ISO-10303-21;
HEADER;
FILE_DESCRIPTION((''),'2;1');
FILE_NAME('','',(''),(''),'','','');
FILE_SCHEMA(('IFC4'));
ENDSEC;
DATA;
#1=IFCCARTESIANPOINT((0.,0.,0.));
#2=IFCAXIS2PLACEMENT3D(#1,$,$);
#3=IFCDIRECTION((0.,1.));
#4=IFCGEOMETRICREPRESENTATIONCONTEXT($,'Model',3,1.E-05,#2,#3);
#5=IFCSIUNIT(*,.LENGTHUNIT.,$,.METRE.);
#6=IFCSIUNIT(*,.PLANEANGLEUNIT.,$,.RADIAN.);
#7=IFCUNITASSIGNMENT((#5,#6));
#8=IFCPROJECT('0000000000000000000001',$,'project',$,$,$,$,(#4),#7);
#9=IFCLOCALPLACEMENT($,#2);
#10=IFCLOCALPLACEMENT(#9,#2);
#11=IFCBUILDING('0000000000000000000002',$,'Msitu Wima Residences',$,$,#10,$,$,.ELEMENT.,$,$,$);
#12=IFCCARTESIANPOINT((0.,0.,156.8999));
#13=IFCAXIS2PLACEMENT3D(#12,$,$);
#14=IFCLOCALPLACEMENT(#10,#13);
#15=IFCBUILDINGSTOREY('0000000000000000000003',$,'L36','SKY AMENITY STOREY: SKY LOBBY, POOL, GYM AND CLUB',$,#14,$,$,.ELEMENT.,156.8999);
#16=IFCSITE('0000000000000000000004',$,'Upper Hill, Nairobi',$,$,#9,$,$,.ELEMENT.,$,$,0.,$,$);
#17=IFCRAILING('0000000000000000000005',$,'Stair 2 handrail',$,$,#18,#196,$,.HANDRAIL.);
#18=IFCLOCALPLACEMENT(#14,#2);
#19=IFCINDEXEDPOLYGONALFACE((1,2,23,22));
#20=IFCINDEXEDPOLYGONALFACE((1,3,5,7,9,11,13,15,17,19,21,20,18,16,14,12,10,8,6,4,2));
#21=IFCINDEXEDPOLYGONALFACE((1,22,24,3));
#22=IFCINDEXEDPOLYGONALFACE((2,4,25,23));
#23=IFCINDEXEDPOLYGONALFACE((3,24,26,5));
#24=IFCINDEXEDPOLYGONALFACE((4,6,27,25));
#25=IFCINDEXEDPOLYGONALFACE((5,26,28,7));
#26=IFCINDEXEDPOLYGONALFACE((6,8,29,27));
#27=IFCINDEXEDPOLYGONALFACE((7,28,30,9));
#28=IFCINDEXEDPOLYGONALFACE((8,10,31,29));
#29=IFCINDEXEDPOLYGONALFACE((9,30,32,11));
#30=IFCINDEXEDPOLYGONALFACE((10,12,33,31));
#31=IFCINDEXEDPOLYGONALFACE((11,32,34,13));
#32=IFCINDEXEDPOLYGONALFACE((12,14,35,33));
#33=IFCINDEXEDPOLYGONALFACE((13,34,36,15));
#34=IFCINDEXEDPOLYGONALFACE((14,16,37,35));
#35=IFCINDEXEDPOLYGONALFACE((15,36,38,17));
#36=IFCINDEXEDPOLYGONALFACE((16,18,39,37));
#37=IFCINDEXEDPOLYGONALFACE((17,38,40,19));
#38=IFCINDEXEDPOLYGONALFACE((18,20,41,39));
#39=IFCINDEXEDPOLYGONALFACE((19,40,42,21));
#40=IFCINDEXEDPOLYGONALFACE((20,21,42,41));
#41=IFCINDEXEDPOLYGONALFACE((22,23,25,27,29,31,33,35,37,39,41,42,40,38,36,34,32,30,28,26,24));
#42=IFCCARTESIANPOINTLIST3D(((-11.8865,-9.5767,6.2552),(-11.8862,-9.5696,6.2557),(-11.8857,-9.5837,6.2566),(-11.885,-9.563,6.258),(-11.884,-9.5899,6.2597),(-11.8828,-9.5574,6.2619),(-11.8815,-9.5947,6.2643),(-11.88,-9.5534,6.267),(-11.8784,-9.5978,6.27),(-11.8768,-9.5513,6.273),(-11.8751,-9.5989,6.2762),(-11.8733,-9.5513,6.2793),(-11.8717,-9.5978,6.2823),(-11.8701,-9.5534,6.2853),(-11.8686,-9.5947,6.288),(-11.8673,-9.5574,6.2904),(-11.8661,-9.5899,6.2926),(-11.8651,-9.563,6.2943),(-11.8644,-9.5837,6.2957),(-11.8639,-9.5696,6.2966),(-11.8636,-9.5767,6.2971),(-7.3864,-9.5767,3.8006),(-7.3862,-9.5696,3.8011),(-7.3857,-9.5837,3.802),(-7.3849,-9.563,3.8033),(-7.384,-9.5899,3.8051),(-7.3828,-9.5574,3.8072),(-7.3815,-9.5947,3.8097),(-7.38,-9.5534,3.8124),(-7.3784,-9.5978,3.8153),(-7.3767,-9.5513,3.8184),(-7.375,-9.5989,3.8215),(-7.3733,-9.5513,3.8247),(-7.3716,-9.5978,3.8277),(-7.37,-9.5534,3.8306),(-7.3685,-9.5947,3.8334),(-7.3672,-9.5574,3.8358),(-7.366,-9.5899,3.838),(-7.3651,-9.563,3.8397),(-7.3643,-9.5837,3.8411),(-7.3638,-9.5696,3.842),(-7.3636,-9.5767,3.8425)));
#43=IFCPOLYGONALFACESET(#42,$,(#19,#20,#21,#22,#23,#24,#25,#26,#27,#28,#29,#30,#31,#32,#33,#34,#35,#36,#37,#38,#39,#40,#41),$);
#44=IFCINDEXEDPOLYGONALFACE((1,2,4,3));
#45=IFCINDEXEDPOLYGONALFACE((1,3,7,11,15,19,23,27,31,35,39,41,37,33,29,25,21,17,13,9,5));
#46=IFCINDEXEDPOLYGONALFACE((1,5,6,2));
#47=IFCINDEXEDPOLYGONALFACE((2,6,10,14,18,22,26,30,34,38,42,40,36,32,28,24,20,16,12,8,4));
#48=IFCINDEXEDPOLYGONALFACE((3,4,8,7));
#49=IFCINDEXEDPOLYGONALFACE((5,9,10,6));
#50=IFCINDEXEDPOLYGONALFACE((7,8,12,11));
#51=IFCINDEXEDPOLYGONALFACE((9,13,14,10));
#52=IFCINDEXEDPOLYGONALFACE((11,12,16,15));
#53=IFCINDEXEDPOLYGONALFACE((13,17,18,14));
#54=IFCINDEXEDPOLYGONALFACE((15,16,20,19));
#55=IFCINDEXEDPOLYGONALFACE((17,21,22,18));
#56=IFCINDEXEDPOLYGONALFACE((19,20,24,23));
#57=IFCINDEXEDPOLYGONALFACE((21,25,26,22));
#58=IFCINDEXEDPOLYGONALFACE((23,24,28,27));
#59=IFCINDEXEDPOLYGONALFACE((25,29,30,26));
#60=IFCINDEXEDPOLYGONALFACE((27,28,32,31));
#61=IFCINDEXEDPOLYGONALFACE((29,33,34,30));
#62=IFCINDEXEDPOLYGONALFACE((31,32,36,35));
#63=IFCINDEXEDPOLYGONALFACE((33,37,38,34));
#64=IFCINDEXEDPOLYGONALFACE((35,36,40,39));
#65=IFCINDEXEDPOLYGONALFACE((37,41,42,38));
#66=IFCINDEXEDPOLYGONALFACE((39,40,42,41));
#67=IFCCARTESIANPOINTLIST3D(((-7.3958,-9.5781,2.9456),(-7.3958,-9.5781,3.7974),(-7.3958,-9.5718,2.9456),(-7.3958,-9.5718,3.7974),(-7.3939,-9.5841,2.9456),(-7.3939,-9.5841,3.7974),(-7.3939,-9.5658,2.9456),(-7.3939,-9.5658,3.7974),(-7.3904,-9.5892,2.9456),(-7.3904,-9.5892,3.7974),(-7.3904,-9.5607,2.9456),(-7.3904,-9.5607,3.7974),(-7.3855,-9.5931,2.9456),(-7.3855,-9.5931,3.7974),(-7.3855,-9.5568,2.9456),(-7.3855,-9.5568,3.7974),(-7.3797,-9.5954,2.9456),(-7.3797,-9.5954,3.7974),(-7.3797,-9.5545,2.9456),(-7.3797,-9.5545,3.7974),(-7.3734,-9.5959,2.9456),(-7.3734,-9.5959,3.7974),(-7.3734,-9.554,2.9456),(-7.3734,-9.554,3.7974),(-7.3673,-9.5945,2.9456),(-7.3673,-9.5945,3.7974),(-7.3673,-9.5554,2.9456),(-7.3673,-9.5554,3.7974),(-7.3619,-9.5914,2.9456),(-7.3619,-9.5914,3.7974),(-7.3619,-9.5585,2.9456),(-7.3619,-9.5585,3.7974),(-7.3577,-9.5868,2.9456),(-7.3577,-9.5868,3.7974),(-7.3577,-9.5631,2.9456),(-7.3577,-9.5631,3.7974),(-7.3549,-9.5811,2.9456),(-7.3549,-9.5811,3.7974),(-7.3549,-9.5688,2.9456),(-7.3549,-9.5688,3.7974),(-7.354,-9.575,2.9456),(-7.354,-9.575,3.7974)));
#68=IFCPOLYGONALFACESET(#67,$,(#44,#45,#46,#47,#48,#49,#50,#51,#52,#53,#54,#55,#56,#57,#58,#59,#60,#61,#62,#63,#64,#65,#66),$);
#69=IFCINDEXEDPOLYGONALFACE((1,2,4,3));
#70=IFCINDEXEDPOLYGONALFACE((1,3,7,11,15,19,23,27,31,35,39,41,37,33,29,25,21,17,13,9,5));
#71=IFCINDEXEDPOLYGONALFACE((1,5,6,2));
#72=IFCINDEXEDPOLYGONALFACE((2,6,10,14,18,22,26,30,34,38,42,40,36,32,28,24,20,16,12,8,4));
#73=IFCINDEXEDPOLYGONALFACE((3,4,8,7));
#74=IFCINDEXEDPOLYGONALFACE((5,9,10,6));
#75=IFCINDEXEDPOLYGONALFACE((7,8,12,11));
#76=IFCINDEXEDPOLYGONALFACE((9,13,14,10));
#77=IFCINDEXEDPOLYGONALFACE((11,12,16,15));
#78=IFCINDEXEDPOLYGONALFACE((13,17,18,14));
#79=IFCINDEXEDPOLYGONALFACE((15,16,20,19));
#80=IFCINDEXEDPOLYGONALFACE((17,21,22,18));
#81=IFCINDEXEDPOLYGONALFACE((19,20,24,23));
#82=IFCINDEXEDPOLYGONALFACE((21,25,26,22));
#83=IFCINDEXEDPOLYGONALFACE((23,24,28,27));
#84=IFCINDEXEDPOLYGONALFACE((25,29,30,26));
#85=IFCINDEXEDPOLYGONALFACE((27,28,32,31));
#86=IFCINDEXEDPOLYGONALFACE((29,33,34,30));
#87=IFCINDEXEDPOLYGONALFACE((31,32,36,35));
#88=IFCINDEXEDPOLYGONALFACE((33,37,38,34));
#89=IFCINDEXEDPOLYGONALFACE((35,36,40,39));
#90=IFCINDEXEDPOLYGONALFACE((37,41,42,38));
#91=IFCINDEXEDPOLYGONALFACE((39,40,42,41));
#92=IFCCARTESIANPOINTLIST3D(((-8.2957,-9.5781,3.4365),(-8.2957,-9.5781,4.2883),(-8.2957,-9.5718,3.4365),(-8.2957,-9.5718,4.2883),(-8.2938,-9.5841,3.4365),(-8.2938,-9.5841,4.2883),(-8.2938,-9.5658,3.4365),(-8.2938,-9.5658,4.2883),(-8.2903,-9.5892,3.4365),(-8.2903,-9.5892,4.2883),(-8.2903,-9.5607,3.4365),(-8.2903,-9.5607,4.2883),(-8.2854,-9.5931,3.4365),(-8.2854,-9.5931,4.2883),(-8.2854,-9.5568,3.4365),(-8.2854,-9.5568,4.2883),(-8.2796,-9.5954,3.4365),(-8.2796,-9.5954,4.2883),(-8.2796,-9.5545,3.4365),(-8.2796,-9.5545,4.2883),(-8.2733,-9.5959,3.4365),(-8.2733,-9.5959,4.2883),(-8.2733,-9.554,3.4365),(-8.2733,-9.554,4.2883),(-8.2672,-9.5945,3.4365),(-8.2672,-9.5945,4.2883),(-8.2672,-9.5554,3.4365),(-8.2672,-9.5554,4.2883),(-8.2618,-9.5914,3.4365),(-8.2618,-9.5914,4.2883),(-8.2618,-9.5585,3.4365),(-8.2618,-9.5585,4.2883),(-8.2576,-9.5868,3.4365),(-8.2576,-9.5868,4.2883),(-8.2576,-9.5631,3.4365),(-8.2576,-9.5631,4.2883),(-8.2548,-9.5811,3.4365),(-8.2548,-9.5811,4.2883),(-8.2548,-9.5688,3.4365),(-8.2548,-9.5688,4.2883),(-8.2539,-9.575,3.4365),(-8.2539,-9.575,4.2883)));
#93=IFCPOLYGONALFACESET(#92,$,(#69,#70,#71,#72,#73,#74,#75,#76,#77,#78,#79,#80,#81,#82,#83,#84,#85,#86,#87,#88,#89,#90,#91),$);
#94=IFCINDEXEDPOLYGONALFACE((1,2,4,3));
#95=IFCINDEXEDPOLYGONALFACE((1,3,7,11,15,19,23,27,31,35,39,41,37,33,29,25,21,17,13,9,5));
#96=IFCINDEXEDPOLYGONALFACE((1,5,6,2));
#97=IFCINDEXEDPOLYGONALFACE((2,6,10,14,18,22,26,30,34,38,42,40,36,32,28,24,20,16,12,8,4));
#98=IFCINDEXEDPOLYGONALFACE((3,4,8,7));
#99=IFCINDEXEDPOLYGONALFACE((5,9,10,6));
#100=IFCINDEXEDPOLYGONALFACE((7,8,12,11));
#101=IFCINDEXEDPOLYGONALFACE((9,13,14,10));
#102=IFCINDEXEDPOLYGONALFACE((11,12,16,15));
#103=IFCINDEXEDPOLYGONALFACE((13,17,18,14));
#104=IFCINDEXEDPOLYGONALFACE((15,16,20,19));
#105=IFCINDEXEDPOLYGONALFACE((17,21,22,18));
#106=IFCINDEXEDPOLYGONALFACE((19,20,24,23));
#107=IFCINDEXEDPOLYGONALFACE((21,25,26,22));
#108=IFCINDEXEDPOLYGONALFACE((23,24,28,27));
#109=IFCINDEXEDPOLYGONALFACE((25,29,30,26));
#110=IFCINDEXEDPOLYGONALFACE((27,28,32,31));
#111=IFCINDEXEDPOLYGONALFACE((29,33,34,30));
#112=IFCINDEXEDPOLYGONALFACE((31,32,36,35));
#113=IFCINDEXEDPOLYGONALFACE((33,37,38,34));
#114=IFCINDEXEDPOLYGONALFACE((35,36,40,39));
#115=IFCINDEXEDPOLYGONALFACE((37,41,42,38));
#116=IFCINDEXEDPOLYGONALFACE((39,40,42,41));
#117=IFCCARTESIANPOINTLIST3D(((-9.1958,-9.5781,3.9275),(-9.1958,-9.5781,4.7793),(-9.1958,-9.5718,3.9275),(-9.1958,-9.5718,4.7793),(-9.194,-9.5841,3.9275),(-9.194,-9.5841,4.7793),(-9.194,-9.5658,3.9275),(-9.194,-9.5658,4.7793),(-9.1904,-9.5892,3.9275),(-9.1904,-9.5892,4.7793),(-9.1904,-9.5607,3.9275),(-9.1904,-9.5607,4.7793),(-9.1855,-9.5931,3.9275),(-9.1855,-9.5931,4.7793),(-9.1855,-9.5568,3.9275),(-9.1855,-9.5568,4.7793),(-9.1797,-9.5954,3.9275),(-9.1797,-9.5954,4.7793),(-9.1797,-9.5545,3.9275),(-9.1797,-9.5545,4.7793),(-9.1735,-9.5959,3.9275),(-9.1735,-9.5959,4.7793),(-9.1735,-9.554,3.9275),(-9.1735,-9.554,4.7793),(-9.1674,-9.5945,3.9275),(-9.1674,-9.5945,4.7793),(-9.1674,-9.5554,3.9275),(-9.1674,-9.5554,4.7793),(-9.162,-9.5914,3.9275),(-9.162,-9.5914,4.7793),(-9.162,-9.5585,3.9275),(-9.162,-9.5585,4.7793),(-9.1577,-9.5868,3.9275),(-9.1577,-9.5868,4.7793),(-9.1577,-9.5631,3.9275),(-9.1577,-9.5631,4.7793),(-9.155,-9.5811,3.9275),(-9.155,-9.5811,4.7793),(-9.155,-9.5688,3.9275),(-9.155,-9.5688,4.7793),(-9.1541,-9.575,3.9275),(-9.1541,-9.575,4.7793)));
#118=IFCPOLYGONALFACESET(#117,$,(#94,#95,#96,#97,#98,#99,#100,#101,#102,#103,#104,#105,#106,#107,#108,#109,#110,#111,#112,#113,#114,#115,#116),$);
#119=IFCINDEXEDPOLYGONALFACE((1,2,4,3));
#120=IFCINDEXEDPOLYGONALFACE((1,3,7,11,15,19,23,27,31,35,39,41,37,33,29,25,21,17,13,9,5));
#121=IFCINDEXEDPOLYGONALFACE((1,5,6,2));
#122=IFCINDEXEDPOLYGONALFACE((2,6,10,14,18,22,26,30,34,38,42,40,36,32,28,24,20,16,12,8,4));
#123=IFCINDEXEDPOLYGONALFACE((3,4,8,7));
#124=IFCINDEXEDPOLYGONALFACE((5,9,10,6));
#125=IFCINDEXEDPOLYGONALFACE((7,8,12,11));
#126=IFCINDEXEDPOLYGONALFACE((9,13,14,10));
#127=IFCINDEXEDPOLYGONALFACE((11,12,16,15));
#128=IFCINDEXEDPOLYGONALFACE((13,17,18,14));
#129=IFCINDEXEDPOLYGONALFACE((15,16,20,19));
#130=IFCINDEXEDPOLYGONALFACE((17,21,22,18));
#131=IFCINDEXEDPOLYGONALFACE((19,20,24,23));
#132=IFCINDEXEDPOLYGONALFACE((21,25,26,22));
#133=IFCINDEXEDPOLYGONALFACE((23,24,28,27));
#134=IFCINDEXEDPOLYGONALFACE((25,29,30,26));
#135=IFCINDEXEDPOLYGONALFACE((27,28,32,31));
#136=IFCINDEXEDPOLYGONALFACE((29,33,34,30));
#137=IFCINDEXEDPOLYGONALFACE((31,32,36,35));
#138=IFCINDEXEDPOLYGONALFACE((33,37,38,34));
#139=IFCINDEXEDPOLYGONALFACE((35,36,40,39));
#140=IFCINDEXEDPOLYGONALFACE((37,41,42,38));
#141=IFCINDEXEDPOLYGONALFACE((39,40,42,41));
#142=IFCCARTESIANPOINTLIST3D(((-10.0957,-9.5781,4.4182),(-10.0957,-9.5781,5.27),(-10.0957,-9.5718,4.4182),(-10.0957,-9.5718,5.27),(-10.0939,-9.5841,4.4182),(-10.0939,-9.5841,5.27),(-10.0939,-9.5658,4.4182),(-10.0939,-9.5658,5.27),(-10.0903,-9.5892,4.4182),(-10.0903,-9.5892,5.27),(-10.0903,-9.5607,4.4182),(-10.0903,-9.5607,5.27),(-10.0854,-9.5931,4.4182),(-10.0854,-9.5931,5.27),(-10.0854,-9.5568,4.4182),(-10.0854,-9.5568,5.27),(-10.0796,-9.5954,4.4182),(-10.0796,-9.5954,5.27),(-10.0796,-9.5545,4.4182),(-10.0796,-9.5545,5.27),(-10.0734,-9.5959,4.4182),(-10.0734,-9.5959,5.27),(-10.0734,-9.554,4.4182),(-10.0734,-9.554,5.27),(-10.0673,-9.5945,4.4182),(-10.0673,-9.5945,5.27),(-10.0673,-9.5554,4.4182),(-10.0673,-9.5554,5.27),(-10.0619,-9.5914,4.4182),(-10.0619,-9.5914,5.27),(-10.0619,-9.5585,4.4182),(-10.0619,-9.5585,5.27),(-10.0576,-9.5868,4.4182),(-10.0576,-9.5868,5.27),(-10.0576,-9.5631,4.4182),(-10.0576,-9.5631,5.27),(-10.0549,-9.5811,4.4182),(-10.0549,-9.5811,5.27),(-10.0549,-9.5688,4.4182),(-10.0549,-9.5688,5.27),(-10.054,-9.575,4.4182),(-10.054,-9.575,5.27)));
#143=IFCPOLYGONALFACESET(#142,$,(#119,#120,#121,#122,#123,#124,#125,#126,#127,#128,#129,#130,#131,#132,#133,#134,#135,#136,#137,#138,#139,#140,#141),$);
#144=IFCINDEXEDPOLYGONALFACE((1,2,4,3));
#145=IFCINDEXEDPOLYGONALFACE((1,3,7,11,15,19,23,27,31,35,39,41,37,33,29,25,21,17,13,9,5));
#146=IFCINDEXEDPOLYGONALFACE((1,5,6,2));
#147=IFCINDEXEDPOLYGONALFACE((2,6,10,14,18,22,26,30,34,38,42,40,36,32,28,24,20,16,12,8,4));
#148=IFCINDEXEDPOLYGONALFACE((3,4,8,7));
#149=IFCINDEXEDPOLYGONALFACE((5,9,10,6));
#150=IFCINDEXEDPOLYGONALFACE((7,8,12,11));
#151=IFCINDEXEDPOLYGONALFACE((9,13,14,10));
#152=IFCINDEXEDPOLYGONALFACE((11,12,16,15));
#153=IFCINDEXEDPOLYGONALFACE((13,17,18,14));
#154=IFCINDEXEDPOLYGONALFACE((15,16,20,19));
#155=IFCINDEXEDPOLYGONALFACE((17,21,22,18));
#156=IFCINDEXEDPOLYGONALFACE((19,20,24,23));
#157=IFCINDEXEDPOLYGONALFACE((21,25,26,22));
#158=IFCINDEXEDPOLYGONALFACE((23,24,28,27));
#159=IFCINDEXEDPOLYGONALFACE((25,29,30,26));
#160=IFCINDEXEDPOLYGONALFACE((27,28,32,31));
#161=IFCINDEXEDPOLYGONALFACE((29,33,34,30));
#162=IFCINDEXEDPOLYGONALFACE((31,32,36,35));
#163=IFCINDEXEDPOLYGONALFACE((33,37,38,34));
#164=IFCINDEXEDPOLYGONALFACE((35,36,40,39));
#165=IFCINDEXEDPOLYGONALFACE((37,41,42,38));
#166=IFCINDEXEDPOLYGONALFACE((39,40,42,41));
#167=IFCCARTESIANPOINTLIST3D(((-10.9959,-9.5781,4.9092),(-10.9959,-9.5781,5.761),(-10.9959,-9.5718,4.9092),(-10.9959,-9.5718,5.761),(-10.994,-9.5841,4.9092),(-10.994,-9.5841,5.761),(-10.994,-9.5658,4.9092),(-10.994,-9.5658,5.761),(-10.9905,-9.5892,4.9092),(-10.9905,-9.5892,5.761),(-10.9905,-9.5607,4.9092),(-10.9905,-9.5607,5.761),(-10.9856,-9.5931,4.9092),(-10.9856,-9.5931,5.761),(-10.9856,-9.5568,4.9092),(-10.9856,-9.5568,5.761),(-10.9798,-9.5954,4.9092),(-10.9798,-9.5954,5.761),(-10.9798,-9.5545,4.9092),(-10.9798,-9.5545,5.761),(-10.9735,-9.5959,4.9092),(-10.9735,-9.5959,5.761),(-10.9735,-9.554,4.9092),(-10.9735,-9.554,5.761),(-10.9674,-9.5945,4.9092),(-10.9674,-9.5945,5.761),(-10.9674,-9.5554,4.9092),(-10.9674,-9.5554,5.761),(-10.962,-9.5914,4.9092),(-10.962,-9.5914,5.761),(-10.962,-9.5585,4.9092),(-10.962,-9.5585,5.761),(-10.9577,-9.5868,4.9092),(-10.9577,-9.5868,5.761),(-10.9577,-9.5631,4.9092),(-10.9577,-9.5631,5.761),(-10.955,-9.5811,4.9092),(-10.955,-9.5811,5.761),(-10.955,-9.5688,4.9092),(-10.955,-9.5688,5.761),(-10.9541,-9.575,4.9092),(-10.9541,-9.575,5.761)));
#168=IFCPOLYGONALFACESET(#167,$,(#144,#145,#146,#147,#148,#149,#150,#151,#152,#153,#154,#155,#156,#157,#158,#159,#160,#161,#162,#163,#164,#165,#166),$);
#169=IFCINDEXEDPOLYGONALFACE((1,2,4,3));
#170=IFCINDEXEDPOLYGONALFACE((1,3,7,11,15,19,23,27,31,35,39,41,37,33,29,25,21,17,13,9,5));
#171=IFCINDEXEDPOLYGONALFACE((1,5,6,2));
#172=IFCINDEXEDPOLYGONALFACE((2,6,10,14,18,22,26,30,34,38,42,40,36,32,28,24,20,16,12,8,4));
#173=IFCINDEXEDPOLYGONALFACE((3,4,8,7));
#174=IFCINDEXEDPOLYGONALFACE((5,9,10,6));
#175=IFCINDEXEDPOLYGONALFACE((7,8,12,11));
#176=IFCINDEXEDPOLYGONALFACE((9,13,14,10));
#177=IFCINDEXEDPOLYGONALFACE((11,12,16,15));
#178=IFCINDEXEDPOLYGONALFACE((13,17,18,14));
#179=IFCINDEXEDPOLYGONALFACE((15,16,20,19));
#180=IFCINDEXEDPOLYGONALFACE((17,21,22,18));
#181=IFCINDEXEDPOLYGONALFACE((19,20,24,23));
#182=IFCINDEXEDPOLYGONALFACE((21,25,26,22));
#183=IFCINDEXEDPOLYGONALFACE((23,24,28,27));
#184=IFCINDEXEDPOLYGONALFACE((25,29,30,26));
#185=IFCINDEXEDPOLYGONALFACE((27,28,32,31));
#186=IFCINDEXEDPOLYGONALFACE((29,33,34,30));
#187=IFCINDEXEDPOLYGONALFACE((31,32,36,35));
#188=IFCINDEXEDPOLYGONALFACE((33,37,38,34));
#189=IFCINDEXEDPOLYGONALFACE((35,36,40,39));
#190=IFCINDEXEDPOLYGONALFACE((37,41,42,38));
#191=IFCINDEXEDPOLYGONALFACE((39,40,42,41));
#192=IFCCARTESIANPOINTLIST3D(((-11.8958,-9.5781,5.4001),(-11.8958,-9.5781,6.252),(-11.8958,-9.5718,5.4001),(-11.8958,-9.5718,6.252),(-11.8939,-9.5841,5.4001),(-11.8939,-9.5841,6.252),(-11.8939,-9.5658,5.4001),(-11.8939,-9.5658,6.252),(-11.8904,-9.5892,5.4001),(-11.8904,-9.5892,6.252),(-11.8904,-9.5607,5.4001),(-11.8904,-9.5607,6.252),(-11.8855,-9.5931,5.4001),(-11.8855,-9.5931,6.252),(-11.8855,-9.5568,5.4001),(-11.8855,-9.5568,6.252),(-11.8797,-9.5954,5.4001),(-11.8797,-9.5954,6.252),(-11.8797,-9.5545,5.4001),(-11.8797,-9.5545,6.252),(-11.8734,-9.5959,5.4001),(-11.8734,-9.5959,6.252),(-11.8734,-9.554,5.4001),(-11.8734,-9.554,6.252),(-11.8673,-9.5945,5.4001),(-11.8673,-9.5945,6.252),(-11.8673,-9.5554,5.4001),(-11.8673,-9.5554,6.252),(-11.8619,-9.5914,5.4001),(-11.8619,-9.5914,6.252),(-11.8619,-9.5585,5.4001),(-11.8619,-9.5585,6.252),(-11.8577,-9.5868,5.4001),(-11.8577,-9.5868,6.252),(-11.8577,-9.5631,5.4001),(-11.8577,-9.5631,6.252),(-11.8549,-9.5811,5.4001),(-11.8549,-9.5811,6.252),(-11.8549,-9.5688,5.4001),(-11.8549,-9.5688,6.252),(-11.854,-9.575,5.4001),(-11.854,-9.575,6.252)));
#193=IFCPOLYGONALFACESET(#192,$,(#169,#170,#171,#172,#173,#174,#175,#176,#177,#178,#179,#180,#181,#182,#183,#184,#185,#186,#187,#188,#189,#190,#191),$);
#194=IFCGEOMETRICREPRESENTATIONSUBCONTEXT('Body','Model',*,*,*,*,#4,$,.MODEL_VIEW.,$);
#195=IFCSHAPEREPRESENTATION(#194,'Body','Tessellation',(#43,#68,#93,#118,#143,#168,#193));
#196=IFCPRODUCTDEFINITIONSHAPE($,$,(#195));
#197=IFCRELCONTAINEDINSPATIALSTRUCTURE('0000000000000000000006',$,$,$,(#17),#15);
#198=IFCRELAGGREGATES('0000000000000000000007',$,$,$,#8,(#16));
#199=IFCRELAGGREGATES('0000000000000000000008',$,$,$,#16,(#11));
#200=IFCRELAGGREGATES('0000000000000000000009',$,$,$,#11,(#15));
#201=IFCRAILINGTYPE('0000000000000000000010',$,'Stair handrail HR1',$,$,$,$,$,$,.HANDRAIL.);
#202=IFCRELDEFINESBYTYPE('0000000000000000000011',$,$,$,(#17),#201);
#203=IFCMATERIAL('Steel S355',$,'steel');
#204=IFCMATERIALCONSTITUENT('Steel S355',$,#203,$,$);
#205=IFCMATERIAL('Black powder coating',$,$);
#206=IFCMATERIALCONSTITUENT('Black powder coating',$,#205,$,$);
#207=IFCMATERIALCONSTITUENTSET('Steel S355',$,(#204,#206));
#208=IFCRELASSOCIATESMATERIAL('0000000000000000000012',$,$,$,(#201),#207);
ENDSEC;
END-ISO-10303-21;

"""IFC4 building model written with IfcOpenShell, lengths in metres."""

from ifc_helpers import new_model, si_unit, direction, frame, origin, origin_2d, place, context, subcontext, project, spatial, circle, extrude, material, constituent, constituent_set, type_object, element, save


model = new_model("IFC4")

# Units and contexts
model_context = context("Model", 3, precision=1e-05, world=origin(), true_north=direction((0.0, 1.0)))
body_context = subcontext(model_context, "Body", "Model", "MODEL_VIEW")
ifc_project = project(units=[si_unit("LENGTHUNIT", "METRE"), si_unit("PLANEANGLEUNIT", "RADIAN")], contexts=[model_context])

# Site, building, storey
site_placement = place(None, origin())
site = spatial("IfcSite", under=ifc_project, at=site_placement, Name="Upper Hill, Nairobi", CompositionType="ELEMENT", RefElevation=0.0)
building_placement = place(site_placement, origin())
building = spatial("IfcBuilding", under=site, at=building_placement, Name="Msitu Wima Residences", CompositionType="ELEMENT")
storey_placement = place(building_placement, frame((0.0, 0.0, 156.8999)))
storey = spatial("IfcBuildingStorey", under=building, at=storey_placement, Name="L36", Description="SKY AMENITY STOREY: SKY LOBBY, POOL, GYM AND CLUB", CompositionType="ELEMENT", Elevation=156.8999)

# Railing
ifc_material_1 = material(Name="Steel S355", Category="steel")
ifc_constituent_1 = constituent(ifc_material_1, Name="Steel S355")
ifc_material_2 = material(Name="Black powder coating")
ifc_constituent_2 = constituent(ifc_material_2, Name="Black powder coating")
ifc_constituent_set = constituent_set(constituents=[ifc_constituent_1, ifc_constituent_2], Name="Steel S355")
railing_type = type_object("IfcRailingType", Name="Stair handrail HR1", PredefinedType="HANDRAIL", material=ifc_constituent_set)
for number, where, name in (
    (1, (-7.375, -9.575, 2.9456), "Stair 2 handrail"),
):
    element("IfcRailing", number, at=place(storey_placement, frame(where)), inside=storey, type_object=railing_type, Name=name, PredefinedType="HANDRAIL", context=body_context, shape_type="SweptSolid", body=[
        extrude(circle(Radius=0.0239, at=origin_2d()), frame((0.0, 0.0, 0.876), z_axis=(-0.877892, 0.0, 0.478859), x_axis=(0.0, -1.0, 0.0)), (0.0, 0.0, 1.0), 5.126),
        extrude(circle(Radius=0.021, at=origin_2d()), origin(), (0.0, 0.0, 1.0), 0.8518),
        extrude(circle(Radius=0.021, at=origin_2d()), frame((-0.8999, 0.0, 0.491)), (0.0, 0.0, 1.0), 0.8518),
        extrude(circle(Radius=0.021, at=origin_2d()), frame((-1.8, 0.0, 0.9819)), (0.0, 0.0, 1.0), 0.8518),
        extrude(circle(Radius=0.021, at=origin_2d()), frame((-2.7, 0.0, 1.4727)), (0.0, 0.0, 1.0), 0.8518),
        extrude(circle(Radius=0.021, at=origin_2d()), frame((-3.6001, 0.0, 1.9636)), (0.0, 0.0, 1.0), 0.8518),
        extrude(circle(Radius=0.021, at=origin_2d()), frame((-4.5, 0.0, 2.4546)), (0.0, 0.0, 1.0), 0.8518),
    ])

save(model, "model.ifc")
